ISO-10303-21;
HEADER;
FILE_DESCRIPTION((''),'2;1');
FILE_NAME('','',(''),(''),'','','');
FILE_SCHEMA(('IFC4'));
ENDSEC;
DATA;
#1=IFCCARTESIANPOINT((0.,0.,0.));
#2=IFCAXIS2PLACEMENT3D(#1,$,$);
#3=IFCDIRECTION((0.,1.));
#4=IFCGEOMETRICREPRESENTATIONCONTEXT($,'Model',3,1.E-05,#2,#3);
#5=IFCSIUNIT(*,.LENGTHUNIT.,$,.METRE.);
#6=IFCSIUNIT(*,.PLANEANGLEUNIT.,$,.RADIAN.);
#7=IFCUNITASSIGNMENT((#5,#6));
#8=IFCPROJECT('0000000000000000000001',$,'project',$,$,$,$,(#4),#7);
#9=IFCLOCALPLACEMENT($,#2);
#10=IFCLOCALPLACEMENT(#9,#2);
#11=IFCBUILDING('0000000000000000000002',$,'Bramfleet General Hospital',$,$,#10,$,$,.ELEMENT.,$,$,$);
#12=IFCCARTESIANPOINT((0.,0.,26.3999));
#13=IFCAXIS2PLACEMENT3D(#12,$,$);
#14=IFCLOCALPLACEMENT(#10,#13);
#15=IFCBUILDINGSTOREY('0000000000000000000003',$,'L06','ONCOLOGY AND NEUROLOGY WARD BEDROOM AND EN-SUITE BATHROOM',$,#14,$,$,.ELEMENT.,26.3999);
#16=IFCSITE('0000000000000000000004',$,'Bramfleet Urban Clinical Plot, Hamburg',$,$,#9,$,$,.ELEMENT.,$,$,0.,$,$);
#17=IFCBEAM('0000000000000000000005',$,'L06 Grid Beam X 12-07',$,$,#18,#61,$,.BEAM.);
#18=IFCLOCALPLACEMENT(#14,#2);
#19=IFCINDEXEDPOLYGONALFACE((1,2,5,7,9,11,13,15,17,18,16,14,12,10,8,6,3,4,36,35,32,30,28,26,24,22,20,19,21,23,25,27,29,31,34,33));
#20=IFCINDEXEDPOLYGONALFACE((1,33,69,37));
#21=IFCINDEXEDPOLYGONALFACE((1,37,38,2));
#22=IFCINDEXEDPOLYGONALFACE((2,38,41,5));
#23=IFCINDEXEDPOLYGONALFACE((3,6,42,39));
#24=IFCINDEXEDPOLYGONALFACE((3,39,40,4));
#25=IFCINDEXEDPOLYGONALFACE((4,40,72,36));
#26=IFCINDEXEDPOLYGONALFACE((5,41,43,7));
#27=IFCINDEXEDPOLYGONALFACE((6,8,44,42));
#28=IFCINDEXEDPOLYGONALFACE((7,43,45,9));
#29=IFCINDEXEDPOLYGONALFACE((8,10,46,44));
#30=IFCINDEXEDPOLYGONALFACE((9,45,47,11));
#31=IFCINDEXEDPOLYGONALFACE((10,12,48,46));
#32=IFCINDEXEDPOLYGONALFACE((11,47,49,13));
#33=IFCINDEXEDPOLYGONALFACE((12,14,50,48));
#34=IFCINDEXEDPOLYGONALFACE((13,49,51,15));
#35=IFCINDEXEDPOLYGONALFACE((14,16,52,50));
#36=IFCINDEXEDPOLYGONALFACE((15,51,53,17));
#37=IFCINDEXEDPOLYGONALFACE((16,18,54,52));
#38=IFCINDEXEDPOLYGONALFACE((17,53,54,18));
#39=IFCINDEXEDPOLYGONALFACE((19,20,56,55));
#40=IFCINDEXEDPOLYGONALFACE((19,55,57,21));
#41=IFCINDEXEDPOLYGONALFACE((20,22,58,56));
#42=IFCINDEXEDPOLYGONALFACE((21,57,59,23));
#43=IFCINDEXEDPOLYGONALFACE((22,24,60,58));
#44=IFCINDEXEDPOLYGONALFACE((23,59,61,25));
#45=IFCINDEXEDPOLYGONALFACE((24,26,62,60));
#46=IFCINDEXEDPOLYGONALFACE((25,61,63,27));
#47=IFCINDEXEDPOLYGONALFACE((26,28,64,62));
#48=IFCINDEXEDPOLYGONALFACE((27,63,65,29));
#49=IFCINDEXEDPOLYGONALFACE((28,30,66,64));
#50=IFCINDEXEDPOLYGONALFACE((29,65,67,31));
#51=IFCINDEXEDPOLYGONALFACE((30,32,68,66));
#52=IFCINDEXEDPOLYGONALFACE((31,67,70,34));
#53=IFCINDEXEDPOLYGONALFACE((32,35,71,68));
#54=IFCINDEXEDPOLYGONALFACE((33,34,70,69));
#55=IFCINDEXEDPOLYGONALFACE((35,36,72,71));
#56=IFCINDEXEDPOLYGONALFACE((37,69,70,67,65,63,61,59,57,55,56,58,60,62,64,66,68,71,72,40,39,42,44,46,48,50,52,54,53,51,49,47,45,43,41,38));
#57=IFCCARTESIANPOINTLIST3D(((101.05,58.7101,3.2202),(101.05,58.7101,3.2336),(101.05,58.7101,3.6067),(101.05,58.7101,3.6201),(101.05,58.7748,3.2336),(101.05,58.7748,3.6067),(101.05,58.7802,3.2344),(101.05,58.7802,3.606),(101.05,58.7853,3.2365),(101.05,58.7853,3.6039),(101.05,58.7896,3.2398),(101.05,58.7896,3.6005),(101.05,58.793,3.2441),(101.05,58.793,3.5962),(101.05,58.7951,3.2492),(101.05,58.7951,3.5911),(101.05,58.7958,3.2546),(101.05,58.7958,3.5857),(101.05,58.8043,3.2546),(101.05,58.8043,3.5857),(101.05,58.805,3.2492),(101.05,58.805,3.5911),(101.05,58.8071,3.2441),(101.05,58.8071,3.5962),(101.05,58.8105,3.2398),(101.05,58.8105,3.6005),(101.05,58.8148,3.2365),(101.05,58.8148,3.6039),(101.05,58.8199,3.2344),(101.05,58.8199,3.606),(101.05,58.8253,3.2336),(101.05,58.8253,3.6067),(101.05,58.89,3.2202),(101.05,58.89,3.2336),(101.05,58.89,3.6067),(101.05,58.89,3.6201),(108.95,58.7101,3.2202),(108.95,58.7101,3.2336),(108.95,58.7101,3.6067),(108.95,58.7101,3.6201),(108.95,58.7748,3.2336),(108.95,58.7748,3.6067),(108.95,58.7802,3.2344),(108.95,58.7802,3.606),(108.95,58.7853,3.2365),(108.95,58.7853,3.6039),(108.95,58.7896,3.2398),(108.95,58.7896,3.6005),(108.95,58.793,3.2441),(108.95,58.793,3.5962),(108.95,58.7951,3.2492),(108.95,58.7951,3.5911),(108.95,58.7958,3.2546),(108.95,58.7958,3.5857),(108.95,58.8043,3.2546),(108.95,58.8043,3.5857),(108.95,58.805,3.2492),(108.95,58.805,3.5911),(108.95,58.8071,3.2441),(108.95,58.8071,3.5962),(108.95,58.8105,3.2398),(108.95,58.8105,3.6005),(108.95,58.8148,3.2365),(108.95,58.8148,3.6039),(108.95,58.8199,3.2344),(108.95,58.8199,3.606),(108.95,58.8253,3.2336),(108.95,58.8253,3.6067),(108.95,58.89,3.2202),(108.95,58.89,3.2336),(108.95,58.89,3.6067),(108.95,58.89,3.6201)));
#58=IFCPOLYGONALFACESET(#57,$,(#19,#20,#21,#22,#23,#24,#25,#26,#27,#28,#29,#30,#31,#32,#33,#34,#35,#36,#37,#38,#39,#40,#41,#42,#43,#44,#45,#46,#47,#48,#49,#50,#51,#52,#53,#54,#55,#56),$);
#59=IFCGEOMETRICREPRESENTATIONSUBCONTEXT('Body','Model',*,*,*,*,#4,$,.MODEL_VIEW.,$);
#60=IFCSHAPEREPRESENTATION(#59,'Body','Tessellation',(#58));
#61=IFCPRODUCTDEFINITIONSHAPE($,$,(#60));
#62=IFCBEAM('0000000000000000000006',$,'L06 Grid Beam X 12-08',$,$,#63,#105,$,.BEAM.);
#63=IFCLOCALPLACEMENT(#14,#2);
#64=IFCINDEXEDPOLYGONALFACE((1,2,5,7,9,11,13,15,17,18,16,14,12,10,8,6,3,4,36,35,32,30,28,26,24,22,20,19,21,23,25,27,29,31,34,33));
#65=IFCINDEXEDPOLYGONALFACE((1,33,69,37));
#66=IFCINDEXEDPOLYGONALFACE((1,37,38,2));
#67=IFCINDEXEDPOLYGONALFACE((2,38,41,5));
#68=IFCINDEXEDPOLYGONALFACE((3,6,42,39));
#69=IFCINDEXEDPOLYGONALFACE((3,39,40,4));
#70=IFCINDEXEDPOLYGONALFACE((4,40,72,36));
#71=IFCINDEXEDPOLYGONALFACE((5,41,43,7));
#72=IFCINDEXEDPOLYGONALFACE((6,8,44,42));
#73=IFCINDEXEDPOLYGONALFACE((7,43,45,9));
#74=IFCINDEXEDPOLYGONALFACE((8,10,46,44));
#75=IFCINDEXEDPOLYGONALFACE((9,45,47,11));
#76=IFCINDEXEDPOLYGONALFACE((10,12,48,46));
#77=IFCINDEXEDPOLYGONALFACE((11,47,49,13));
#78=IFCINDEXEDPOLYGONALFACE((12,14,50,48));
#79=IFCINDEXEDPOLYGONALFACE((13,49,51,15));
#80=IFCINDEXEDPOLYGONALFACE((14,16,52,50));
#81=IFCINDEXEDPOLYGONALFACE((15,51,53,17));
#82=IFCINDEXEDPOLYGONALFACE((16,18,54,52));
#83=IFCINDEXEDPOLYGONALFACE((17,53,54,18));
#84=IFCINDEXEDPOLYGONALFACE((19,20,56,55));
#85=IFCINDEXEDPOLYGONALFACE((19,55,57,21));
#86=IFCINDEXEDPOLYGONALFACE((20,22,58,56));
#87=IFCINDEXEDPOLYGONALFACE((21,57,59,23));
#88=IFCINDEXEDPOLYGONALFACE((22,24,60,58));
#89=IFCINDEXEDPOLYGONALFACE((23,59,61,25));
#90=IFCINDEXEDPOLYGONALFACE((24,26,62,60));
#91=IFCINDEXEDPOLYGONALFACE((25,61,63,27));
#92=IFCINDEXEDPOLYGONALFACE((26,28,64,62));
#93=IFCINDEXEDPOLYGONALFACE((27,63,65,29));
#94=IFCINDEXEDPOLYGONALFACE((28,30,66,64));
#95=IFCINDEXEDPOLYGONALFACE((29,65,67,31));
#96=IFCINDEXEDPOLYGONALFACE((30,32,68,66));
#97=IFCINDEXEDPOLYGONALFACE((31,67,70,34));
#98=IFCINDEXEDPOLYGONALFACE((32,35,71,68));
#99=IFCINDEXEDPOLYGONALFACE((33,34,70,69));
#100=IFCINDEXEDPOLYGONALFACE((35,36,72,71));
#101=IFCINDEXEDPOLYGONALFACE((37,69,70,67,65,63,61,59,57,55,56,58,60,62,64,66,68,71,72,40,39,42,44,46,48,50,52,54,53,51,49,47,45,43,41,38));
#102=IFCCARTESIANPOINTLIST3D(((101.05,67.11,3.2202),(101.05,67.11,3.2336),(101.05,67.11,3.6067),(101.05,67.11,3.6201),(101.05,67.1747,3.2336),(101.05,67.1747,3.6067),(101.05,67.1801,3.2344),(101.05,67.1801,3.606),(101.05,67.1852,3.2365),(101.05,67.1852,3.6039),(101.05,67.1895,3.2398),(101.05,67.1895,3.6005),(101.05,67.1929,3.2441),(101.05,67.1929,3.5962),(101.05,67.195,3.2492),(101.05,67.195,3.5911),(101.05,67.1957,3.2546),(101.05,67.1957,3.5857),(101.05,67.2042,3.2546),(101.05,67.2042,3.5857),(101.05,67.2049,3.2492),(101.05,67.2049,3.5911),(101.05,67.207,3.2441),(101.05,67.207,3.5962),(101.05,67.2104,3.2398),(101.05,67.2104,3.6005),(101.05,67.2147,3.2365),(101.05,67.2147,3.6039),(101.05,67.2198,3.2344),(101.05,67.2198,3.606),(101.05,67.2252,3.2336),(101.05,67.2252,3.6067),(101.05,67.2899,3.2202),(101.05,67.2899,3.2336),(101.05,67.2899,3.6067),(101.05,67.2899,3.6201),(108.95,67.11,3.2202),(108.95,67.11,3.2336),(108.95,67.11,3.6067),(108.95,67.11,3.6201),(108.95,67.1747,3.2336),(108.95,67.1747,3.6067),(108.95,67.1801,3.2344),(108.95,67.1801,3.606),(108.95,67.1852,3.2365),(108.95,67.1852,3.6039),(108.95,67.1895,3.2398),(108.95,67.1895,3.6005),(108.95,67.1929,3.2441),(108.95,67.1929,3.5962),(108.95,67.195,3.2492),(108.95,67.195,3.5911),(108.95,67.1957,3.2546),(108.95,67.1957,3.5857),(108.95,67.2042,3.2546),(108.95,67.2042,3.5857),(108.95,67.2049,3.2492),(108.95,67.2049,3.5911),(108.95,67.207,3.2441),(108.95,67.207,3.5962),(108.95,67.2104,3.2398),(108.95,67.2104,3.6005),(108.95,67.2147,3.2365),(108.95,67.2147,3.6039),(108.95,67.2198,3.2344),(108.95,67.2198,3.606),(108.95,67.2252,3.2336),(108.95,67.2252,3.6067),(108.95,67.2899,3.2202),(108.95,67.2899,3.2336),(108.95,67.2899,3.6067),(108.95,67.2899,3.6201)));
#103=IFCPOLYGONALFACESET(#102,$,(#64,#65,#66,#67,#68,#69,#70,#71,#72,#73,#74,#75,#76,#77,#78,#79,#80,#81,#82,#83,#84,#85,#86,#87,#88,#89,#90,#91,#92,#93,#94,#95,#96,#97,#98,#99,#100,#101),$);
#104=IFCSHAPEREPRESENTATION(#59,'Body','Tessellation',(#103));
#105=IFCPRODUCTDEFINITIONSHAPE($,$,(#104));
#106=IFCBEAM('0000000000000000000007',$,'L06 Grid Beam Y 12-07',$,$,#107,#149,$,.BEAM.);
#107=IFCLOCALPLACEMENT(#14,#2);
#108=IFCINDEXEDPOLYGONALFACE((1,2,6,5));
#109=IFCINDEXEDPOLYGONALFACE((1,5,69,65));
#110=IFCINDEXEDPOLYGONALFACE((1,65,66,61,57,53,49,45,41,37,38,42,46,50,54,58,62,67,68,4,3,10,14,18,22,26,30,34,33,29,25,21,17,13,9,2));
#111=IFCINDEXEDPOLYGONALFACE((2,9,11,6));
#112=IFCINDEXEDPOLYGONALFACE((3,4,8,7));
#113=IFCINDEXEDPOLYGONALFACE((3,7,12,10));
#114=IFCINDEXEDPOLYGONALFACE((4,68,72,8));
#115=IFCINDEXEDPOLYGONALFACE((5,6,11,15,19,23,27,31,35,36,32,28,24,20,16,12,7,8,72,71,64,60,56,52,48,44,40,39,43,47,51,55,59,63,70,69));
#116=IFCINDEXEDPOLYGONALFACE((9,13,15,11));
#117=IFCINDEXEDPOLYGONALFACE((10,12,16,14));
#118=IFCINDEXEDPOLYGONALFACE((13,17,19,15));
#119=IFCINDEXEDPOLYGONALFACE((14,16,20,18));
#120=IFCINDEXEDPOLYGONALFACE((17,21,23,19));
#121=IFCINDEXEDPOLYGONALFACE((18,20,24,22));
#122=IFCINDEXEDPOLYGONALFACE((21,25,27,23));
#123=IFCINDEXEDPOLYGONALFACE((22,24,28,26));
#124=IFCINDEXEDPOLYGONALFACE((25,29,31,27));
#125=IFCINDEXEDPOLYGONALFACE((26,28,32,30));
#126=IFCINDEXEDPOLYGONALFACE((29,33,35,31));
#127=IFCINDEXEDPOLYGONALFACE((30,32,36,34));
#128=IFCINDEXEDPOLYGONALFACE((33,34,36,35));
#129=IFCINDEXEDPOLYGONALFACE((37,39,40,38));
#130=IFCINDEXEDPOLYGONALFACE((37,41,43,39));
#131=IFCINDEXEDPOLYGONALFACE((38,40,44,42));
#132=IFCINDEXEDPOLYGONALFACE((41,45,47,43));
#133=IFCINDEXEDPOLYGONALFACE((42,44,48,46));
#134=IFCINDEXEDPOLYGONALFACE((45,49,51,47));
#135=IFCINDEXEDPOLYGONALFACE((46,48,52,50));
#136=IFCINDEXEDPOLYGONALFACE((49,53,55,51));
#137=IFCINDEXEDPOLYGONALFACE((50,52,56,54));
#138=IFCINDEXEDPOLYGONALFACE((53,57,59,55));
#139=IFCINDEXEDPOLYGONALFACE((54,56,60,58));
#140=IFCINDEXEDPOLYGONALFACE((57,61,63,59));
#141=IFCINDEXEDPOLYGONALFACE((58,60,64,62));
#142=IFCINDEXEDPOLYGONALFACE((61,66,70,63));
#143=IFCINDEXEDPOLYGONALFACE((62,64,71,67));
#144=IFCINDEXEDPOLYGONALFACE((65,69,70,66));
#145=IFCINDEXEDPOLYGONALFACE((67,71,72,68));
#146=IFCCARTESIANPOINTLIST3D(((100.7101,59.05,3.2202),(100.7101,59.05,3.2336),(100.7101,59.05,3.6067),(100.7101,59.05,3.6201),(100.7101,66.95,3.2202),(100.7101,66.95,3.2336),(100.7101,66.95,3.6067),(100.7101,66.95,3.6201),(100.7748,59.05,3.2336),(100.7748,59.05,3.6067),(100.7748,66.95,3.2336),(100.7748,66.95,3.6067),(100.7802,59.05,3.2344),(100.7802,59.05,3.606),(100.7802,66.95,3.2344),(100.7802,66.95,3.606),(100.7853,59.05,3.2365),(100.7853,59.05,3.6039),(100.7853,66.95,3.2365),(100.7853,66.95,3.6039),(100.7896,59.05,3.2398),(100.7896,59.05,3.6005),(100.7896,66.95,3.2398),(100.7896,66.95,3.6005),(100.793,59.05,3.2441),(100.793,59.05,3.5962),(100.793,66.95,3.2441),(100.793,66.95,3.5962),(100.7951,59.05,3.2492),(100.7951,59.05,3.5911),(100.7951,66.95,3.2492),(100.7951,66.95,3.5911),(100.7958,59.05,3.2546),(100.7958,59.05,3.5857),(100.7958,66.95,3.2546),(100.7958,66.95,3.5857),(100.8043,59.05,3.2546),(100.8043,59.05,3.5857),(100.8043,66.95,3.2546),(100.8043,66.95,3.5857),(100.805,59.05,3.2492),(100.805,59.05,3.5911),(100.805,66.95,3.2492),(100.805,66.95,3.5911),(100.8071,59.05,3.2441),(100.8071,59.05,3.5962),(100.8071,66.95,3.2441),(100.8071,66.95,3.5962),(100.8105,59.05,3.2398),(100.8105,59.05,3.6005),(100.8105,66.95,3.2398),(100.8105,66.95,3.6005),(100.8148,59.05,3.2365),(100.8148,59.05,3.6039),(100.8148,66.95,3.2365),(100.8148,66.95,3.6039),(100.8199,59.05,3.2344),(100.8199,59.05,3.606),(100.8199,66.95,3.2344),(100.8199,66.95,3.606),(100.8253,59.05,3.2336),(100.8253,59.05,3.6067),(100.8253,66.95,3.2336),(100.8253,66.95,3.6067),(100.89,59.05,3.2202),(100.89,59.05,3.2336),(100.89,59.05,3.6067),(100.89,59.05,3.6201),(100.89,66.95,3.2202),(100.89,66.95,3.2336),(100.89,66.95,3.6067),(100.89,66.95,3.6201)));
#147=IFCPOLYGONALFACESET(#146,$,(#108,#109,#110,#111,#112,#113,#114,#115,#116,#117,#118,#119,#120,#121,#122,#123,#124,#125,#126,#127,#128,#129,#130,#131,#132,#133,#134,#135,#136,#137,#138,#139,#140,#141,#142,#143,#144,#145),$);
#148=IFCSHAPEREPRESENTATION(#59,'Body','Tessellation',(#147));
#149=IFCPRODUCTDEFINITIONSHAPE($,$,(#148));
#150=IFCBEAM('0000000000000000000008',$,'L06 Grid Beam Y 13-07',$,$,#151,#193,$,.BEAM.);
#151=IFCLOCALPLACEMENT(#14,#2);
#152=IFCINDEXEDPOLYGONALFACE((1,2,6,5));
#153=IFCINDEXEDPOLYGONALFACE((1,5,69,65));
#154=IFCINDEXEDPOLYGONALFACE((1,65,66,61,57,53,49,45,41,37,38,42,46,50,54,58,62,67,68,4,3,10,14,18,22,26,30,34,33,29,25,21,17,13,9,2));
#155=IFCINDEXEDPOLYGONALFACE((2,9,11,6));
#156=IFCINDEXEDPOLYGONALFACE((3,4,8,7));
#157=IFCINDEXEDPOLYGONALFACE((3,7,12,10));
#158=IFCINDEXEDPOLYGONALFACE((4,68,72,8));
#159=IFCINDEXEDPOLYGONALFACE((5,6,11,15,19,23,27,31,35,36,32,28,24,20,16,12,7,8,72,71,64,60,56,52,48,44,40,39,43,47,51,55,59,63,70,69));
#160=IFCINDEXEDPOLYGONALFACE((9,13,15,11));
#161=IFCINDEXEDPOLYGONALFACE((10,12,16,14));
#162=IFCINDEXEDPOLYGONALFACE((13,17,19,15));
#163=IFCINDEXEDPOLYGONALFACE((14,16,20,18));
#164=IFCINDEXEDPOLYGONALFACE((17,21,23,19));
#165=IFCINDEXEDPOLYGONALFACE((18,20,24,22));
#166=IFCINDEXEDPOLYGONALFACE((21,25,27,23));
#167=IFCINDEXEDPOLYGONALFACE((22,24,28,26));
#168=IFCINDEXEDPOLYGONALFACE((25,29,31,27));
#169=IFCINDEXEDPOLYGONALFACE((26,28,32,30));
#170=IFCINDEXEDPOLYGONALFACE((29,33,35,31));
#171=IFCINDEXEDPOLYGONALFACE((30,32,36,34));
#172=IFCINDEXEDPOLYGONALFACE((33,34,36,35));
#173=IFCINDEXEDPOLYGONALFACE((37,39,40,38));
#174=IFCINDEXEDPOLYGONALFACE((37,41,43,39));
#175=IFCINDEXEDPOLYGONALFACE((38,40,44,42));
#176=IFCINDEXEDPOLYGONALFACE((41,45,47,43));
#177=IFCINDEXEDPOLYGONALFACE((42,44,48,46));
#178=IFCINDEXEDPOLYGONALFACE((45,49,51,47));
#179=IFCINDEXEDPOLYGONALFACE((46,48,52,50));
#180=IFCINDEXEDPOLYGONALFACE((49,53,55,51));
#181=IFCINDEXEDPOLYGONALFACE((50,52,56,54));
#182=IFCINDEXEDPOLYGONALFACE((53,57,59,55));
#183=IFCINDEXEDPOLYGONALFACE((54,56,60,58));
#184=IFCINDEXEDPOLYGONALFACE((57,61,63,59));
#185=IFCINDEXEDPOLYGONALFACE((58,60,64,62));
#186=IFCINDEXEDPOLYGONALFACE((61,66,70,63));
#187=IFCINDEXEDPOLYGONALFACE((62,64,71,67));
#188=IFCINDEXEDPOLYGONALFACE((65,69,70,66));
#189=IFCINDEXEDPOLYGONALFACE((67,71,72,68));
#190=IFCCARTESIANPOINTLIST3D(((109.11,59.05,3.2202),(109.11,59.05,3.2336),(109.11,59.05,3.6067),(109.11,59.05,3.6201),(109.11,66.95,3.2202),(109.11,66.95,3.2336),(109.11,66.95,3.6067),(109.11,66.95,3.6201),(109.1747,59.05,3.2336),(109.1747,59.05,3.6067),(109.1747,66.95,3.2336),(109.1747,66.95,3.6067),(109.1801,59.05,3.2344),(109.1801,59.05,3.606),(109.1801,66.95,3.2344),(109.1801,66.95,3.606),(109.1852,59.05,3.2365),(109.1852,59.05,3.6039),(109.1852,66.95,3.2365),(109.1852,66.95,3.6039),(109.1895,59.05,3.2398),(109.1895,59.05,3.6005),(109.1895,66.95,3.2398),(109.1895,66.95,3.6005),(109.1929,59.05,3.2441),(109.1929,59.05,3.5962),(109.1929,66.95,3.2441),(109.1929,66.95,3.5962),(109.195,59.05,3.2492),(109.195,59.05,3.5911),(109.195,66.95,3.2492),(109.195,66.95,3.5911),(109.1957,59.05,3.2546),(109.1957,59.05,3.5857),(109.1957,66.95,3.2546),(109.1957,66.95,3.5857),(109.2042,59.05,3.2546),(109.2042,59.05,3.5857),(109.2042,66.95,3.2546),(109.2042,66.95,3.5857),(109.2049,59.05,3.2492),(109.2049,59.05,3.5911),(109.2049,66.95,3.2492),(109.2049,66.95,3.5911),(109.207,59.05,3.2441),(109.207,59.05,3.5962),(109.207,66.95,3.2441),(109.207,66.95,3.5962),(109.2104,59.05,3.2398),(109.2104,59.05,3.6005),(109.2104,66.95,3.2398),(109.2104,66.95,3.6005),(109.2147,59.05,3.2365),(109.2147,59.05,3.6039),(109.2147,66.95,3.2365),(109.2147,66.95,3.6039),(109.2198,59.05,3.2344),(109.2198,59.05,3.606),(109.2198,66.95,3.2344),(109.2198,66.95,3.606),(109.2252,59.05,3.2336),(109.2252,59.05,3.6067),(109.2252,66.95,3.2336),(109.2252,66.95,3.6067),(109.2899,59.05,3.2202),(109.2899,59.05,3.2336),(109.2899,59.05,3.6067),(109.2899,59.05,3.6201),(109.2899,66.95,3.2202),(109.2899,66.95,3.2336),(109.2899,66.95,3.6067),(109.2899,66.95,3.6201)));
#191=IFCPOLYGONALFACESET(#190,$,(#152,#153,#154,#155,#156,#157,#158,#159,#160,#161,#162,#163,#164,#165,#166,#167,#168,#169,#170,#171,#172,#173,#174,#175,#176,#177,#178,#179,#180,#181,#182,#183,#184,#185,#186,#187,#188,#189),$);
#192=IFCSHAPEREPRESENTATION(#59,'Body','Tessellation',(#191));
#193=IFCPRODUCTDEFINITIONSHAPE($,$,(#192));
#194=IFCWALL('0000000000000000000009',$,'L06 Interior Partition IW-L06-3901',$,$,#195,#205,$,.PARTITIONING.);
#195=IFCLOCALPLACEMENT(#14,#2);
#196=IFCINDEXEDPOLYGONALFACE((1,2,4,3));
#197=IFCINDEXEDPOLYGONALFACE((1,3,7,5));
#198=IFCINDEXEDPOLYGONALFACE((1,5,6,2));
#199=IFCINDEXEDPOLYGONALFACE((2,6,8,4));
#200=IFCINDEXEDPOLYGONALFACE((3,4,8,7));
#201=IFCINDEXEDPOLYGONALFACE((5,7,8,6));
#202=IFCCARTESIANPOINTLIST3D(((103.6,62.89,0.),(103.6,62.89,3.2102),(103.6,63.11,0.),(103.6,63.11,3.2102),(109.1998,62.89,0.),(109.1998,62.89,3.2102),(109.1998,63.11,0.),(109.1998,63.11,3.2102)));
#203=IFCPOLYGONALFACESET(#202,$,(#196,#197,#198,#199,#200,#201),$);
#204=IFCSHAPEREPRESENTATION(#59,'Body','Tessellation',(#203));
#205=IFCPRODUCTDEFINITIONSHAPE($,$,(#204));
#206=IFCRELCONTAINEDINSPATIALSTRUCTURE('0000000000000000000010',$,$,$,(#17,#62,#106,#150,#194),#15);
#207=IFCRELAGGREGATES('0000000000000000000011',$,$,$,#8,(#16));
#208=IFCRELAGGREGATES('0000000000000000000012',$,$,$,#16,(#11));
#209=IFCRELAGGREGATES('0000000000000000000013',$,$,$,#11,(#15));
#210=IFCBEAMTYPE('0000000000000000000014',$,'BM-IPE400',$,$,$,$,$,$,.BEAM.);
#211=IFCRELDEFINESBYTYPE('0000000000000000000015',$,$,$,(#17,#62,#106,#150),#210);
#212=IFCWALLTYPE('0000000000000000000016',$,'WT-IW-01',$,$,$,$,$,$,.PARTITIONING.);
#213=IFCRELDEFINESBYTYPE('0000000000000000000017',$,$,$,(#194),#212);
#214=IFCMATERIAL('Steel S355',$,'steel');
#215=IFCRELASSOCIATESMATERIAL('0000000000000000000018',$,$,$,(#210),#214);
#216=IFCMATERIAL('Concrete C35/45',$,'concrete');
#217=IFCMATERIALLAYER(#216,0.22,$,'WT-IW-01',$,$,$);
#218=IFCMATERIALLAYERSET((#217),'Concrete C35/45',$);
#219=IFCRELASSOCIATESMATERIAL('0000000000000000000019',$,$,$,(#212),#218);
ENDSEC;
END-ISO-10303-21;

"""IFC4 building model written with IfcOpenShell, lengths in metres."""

from ifc_helpers import new_model, si_unit, direction, frame, frame_2d, origin, origin_2d, place, context, subcontext, project, spatial, rectangle, i_section, extrude, material, layer, layer_set, material_profile, profile_set, type_object, element, save


model = new_model("IFC4")

# Units and contexts
model_context = context("Model", 3, precision=1e-05, world=origin(), true_north=direction((0.0, 1.0)))
body_context = subcontext(model_context, "Body", "Model", "MODEL_VIEW")
ifc_project = project(units=[si_unit("LENGTHUNIT", "METRE"), si_unit("PLANEANGLEUNIT", "RADIAN")], contexts=[model_context])

# Site, building, storey
site_placement = place(None, origin())
site = spatial("IfcSite", under=ifc_project, at=site_placement, Name="Bramfleet Urban Clinical Plot, Hamburg", CompositionType="ELEMENT", RefElevation=0.0)
building_placement = place(site_placement, origin())
building = spatial("IfcBuilding", under=site, at=building_placement, Name="Bramfleet General Hospital", CompositionType="ELEMENT")
storey_placement = place(building_placement, frame((0.0, 0.0, 26.3999)))
storey = spatial("IfcBuildingStorey", under=building, at=storey_placement, Name="L06", Description="ONCOLOGY AND NEUROLOGY WARD BEDROOM AND EN-SUITE BATHROOM", CompositionType="ELEMENT", Elevation=26.3999)

# Beams
ifc_material_1 = material(Name="Steel S355", Category="steel")
ifc_material_profile_1 = material_profile(ifc_material_1, i_section(OverallWidth=0.1799, OverallDepth=0.3999, WebThickness=0.0085, FlangeThickness=0.0134, FilletRadius=0.021, at=origin_2d()), Name="IPE 400")
ifc_profile_set_1 = profile_set([ifc_material_profile_1], Name="Steel S355")
beam_type_1 = type_object("IfcBeamType", Name="BM-IPE400", PredefinedType="BEAM", material=ifc_profile_set_1)
for number, where, z_axis, x_axis, name in (
    (1, (101.05, 58.8, 3.4202), (1.0, 0.0, 0.0), (0.0, 1.0, 0.0), "L06 Grid Beam X 12-07"),
    (2, (101.05, 67.2, 3.4202), (1.0, 0.0, 0.0), (0.0, 1.0, 0.0), "L06 Grid Beam X 12-08"),
    (3, (100.8, 59.05, 3.4202), (0.0, 1.0, 0.0), (-1.0, 0.0, 0.0), "L06 Grid Beam Y 12-07"),
    (4, (109.2, 59.05, 3.4202), (0.0, 1.0, 0.0), (-1.0, 0.0, 0.0), "L06 Grid Beam Y 13-07"),
):
    element("IfcBeam", number, at=place(storey_placement, frame(where, z_axis=z_axis, x_axis=x_axis)), inside=storey, type_object=beam_type_1, Name=name, PredefinedType="BEAM", context=body_context, shape_type="SweptSolid", body=[
        extrude(i_section(OverallWidth=0.1799, OverallDepth=0.3999, WebThickness=0.0085, FlangeThickness=0.0134, FilletRadius=0.021, at=origin_2d()), origin(), (0.0, 0.0, 1.0), 7.8999),
    ])

# Wall
ifc_material_2 = material(Name="Concrete C35/45", Category="concrete")
ifc_layer_1 = layer(ifc_material_2, 0.22, Name="WT-IW-01")
ifc_layer_set_1 = layer_set([ifc_layer_1], Name="Concrete C35/45")
wall_type_1 = type_object("IfcWallType", Name="WT-IW-01", PredefinedType="PARTITIONING", material=ifc_layer_set_1)
wall_1_placement = place(storey_placement, frame((103.6001, 63.0, 0.0), z_axis=(0.0, 0.0, 1.0), x_axis=(1.0, 0.0, 0.0)))
element("IfcWall", 5, at=wall_1_placement, inside=storey, type_object=wall_type_1, Name="L06 Interior Partition IW-L06-3901", PredefinedType="PARTITIONING", context=body_context, shape_type="SweptSolid", body=[
    extrude(rectangle(XDim=5.5999, YDim=0.22, at=frame_2d((2.7998, 0.0))), origin(), (0.0, 0.0, 1.0), 3.2102),
])

save(model, "model.ifc")
